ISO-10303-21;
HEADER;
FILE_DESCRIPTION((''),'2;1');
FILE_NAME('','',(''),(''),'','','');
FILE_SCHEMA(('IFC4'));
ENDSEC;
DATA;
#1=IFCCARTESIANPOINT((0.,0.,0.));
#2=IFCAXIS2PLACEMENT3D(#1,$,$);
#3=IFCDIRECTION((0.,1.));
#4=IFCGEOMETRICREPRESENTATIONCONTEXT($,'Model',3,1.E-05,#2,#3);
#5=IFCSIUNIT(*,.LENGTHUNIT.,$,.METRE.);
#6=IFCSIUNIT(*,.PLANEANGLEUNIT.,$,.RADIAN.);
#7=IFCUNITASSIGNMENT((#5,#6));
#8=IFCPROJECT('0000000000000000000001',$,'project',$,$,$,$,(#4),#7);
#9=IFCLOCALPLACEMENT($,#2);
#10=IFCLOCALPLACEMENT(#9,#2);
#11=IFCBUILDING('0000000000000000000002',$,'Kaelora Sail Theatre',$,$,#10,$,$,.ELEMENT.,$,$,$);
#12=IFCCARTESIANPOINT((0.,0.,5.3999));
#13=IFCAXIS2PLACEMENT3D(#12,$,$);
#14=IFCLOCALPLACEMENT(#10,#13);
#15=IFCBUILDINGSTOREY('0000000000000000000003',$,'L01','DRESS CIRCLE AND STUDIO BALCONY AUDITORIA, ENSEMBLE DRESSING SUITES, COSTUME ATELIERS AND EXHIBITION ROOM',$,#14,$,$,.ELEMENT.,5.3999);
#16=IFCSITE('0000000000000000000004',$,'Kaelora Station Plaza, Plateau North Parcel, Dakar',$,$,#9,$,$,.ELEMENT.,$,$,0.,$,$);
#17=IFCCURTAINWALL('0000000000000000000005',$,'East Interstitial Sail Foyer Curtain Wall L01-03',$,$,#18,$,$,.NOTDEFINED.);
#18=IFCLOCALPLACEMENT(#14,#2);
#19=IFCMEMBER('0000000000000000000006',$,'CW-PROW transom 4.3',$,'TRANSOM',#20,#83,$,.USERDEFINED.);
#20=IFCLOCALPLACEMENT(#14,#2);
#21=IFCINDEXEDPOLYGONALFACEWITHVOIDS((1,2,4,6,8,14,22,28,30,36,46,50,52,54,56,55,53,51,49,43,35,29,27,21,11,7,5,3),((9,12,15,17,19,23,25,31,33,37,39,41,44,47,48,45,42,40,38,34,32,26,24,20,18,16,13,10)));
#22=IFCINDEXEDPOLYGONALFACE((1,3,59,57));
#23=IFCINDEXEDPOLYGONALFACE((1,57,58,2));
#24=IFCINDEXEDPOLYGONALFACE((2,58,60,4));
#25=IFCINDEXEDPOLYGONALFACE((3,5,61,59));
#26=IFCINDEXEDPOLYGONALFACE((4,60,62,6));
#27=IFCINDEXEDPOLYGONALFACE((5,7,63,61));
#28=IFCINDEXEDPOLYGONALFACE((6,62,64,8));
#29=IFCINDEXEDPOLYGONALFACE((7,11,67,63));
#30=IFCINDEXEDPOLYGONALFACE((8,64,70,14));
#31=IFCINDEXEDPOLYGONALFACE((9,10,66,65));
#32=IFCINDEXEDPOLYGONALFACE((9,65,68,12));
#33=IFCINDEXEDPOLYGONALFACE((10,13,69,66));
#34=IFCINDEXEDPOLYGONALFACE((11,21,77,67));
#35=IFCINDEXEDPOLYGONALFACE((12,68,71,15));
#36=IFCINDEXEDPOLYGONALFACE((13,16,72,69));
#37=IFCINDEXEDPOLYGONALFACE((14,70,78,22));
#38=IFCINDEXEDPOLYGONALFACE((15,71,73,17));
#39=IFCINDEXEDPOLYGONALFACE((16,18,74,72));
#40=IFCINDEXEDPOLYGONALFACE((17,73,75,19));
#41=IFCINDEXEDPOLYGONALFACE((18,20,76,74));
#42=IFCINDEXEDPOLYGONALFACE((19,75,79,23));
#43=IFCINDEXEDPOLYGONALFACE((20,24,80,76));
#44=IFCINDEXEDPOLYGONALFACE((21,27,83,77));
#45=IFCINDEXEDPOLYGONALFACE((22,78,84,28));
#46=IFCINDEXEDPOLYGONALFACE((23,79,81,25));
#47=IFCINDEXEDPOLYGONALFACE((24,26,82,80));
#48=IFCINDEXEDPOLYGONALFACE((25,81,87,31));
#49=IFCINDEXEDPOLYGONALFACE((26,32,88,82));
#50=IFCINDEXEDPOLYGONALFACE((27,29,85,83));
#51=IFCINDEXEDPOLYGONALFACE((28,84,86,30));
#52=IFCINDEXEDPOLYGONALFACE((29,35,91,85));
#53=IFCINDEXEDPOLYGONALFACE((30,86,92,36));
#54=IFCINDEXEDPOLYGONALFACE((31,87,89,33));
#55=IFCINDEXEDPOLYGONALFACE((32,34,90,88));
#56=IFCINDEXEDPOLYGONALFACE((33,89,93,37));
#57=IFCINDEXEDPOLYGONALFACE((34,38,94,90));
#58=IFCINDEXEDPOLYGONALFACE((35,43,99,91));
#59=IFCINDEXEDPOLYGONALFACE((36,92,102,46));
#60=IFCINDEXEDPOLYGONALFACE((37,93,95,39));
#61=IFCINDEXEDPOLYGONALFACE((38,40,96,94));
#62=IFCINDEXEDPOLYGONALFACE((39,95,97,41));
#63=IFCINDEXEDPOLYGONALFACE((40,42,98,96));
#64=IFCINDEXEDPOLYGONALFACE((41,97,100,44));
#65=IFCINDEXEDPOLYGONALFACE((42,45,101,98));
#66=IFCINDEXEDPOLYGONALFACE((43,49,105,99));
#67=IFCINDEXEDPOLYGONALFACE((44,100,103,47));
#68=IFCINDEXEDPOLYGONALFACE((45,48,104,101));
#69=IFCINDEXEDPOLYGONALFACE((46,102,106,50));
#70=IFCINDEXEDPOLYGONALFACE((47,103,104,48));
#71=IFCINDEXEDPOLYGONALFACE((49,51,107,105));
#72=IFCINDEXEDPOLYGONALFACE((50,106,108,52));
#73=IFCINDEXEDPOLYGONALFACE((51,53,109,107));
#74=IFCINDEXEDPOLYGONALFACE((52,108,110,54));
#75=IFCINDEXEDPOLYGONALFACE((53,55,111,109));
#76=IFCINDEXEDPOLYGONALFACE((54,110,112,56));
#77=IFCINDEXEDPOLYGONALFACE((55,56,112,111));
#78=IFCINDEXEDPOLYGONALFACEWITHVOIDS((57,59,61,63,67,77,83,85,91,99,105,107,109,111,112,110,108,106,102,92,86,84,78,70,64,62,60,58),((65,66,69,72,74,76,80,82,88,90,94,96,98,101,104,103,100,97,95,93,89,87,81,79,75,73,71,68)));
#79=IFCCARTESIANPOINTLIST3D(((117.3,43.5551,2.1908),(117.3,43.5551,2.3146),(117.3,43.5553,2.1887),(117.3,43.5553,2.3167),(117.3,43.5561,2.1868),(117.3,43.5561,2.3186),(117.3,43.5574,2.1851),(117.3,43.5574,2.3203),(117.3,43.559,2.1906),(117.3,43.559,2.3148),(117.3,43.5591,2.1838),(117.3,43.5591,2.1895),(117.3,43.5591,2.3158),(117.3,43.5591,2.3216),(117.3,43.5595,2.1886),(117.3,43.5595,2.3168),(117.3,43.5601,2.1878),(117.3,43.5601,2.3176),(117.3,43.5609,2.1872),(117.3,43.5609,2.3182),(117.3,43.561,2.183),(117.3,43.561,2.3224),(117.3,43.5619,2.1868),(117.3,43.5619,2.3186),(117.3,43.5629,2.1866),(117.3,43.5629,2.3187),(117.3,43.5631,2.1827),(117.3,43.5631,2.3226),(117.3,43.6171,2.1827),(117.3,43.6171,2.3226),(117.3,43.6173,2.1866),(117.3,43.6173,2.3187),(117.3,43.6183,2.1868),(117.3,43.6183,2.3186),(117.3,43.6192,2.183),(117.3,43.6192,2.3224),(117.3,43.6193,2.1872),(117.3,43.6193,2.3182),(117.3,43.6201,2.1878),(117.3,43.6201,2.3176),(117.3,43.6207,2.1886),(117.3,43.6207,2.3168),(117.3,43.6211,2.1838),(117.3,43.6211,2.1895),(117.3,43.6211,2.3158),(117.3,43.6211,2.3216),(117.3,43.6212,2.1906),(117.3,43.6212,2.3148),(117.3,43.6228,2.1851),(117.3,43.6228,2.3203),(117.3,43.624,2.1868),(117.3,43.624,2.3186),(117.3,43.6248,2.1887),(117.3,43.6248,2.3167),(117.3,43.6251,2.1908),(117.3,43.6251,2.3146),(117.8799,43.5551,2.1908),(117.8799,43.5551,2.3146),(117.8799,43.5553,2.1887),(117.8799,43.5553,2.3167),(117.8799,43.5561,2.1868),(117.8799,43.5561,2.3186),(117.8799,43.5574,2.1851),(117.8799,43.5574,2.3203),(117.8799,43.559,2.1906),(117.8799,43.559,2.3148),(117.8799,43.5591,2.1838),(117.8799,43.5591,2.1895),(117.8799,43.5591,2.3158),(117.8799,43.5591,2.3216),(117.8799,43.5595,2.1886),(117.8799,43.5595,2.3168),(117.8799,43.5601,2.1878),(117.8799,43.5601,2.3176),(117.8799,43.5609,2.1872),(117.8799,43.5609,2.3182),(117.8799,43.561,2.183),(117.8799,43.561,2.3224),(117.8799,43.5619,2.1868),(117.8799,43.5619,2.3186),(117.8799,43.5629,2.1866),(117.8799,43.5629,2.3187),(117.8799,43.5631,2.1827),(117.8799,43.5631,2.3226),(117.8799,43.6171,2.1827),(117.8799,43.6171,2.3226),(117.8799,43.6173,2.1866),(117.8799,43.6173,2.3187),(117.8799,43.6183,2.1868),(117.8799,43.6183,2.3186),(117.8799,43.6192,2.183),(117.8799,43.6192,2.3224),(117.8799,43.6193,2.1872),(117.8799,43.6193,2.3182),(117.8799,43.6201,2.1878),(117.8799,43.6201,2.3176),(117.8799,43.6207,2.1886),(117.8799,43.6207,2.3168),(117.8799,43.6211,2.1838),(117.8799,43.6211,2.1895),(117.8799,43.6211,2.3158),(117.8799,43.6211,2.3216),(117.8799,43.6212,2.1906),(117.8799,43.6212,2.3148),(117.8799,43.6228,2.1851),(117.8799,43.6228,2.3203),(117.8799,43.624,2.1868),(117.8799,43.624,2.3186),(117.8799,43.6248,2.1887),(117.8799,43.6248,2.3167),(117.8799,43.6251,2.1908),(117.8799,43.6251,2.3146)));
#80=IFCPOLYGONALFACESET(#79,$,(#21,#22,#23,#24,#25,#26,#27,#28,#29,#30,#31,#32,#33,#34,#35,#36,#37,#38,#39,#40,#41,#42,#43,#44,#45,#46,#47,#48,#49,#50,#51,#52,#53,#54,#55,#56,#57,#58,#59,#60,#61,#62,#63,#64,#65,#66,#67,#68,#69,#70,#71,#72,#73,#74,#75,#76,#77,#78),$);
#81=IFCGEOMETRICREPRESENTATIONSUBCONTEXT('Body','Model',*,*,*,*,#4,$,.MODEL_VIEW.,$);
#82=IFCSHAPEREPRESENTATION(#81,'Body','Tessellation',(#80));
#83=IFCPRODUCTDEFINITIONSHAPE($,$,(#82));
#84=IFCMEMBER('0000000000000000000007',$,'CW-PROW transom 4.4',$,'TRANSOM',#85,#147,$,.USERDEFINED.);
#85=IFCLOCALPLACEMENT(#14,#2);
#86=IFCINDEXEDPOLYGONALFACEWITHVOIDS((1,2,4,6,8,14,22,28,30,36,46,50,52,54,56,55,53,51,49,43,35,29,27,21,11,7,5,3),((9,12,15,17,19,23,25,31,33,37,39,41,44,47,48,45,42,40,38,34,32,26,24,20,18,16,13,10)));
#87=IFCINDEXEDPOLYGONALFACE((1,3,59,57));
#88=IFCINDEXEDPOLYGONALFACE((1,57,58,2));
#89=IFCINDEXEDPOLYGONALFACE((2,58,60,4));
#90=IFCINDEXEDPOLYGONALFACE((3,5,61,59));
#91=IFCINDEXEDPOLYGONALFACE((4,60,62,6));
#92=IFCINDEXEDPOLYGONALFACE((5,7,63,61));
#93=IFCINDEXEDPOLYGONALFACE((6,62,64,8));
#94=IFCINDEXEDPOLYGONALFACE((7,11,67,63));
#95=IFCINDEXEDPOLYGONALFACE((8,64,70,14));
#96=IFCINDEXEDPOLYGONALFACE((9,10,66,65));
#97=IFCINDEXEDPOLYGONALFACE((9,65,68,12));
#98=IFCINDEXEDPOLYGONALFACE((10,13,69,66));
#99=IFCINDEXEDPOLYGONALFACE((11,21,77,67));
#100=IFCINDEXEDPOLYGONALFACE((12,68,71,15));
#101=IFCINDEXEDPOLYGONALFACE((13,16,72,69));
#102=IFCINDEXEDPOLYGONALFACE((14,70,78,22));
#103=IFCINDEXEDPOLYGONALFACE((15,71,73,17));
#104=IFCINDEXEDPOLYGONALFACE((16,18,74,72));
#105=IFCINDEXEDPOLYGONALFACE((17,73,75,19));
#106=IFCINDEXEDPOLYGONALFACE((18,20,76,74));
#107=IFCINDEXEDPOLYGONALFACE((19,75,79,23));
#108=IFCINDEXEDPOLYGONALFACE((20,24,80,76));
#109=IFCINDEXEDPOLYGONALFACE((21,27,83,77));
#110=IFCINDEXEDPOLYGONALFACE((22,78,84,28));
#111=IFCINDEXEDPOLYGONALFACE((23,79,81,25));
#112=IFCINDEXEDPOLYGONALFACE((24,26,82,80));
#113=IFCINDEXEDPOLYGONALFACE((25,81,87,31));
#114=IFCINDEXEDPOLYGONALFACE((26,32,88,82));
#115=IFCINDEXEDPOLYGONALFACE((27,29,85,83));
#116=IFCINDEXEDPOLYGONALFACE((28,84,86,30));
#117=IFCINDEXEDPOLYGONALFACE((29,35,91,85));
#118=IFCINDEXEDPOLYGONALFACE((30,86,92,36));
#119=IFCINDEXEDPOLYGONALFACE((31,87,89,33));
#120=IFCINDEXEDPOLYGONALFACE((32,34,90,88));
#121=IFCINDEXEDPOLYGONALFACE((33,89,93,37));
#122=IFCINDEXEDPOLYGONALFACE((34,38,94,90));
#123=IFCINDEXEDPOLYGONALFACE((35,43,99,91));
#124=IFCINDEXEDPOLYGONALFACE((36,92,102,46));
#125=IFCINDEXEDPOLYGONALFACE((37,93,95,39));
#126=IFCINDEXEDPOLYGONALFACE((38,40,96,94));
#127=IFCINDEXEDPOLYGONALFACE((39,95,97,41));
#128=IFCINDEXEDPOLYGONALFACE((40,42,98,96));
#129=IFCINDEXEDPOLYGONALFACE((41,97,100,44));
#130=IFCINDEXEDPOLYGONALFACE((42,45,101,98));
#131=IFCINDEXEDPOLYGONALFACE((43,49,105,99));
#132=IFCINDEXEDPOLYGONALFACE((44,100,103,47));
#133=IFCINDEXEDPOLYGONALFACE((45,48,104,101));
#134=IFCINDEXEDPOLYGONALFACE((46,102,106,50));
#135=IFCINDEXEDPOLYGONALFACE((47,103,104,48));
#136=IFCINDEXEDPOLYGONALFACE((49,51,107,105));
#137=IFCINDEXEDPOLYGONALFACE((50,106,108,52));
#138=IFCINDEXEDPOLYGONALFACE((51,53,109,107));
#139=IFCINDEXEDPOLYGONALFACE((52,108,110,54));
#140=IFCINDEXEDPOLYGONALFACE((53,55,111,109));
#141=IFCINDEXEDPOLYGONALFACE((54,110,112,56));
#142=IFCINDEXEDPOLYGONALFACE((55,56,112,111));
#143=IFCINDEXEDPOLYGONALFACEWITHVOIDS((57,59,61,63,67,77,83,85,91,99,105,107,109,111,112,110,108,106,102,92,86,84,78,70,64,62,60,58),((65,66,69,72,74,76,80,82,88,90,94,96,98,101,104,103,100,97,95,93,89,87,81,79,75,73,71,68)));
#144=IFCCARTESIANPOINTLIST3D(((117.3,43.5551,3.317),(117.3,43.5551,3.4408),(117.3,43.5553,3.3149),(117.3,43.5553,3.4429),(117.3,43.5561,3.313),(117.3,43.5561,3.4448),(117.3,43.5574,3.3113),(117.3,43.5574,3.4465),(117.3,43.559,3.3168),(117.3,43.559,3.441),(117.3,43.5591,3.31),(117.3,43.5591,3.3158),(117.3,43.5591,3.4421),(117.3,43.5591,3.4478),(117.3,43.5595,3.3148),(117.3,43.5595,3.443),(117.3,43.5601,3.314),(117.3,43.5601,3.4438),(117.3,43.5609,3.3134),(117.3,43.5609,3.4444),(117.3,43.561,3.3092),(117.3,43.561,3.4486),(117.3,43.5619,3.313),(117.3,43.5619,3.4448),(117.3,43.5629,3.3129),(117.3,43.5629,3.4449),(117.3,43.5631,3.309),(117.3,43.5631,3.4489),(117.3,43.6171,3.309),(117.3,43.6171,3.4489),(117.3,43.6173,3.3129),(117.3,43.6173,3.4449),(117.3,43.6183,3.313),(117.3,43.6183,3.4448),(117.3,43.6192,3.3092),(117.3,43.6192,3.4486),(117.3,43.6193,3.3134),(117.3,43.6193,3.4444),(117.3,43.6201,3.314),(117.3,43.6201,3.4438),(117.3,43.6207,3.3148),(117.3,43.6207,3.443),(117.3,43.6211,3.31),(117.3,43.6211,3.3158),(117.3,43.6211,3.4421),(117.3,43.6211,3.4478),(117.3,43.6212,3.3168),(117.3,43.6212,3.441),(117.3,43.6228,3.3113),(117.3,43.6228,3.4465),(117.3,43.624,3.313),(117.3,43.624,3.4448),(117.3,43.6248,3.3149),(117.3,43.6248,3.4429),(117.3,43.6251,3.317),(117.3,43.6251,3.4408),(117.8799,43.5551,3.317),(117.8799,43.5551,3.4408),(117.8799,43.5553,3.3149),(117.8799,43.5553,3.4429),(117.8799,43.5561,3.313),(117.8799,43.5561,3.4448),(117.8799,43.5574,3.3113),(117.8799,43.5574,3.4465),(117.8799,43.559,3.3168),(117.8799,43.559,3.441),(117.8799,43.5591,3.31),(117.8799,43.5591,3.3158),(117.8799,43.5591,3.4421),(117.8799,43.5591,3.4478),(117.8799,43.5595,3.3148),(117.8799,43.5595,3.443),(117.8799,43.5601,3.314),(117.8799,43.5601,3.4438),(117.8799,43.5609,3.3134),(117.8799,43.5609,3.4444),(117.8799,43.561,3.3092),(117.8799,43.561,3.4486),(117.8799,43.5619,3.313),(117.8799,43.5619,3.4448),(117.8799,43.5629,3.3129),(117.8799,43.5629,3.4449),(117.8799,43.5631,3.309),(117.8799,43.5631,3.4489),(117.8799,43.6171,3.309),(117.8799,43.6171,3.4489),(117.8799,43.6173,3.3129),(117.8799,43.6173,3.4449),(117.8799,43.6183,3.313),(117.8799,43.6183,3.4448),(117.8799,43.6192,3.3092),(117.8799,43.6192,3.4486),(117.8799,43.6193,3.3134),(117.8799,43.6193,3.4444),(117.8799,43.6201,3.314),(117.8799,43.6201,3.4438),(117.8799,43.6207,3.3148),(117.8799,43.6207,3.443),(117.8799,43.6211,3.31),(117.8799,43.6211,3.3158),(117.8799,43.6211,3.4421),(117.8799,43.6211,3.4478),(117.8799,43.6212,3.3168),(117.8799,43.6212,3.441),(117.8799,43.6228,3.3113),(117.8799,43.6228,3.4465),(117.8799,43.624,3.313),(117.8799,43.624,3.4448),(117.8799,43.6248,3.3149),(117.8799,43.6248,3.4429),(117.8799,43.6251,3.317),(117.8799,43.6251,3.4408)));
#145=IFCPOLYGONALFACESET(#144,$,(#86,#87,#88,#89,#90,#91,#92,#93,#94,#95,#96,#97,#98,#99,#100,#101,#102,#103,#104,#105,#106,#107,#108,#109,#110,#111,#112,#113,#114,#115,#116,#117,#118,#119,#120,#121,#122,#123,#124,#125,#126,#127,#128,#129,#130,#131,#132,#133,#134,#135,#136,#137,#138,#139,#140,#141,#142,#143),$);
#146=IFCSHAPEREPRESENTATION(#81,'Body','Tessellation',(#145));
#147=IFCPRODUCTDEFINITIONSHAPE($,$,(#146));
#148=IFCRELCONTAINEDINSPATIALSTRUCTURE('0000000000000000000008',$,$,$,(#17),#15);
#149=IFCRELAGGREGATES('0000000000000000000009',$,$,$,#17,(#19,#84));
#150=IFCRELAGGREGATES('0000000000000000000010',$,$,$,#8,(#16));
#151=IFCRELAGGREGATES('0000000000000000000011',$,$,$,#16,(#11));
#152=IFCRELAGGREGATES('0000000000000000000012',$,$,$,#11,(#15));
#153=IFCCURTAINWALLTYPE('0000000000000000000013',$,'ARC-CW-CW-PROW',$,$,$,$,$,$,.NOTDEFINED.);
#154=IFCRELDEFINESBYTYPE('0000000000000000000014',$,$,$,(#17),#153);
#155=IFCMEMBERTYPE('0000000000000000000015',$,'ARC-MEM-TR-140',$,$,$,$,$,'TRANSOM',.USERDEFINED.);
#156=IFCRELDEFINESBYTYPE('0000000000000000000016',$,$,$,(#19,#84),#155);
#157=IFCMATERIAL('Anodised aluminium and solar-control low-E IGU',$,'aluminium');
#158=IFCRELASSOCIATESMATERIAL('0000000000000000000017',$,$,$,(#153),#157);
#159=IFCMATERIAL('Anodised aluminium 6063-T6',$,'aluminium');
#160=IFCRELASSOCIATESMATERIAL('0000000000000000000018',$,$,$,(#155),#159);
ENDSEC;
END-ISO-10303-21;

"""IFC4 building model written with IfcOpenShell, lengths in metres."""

from ifc_helpers import new_model, si_unit, direction, frame, origin, origin_2d, place, context, subcontext, project, spatial, hollow_rectangle, extrude, material, material_profile, profile_set, type_object, element, aggregate, save


model = new_model("IFC4")

# Units and contexts
model_context = context("Model", 3, precision=1e-05, world=origin(), true_north=direction((0.0, 1.0)))
body_context = subcontext(model_context, "Body", "Model", "MODEL_VIEW")
ifc_project = project(units=[si_unit("LENGTHUNIT", "METRE"), si_unit("PLANEANGLEUNIT", "RADIAN")], contexts=[model_context])

# Site, building, storey
site_placement = place(None, origin())
site = spatial("IfcSite", under=ifc_project, at=site_placement, Name="Kaelora Station Plaza, Plateau North Parcel, Dakar", CompositionType="ELEMENT", RefElevation=0.0)
building_placement = place(site_placement, origin())
building = spatial("IfcBuilding", under=site, at=building_placement, Name="Kaelora Sail Theatre", CompositionType="ELEMENT")
storey_placement = place(building_placement, frame((0.0, 0.0, 5.3999)))
storey = spatial("IfcBuildingStorey", under=building, at=storey_placement, Name="L01", Description="DRESS CIRCLE AND STUDIO BALCONY AUDITORIA, ENSEMBLE DRESSING SUITES, COSTUME ATELIERS AND EXHIBITION ROOM", CompositionType="ELEMENT", Elevation=5.3999)

# Curtain wall, members
ifc_material_1 = material(Name="Anodised aluminium and solar-control low-E IGU", Category="aluminium")
curtain_wall_type = type_object("IfcCurtainWallType", Name="ARC-CW-CW-PROW", PredefinedType="NOTDEFINED", material=ifc_material_1)
curtain_wall_placement = place(storey_placement, origin())
curtain_wall = element("IfcCurtainWall", 1, at=curtain_wall_placement, inside=storey, type_object=curtain_wall_type, Name="East Interstitial Sail Foyer Curtain Wall L01-03", PredefinedType="NOTDEFINED")
ifc_material_2 = material(Name="Anodised aluminium 6063-T6", Category="aluminium")
ifc_material_profile_1 = material_profile(ifc_material_2, hollow_rectangle(XDim=0.0701, YDim=0.1399, WallThickness=0.0039, InnerFilletRadius=0.0039, OuterFilletRadius=0.0081, at=origin_2d()), Name="ALU-TRAN 70x140x4")
ifc_profile_set_1 = profile_set([ifc_material_profile_1], Name="Anodised aluminium 6063-T6")
member_type_1 = type_object("IfcMemberType", Name="ARC-MEM-TR-140", ElementType="TRANSOM", PredefinedType="USERDEFINED", material=ifc_profile_set_1)
member_1_placement = place(storey_placement, frame((117.3, 43.5901, 2.2527), z_axis=(1.0, 0.0, 0.0), x_axis=(0.0, 1.0, 0.0)))
member_1 = element("IfcMember", 2, at=member_1_placement, type_object=member_type_1, Name="CW-PROW transom 4.3", ObjectType="TRANSOM", PredefinedType="USERDEFINED", context=body_context, shape_type="SweptSolid", body=[
    extrude(hollow_rectangle(XDim=0.0701, YDim=0.1399, WallThickness=0.0039, InnerFilletRadius=0.0039, OuterFilletRadius=0.0081, at=origin_2d()), origin(), (0.0, 0.0, 1.0), 0.5798),
])
member_2_placement = place(storey_placement, frame((117.3, 43.5901, 3.3789), z_axis=(1.0, 0.0, 0.0), x_axis=(0.0, 1.0, 0.0)))
member_2 = element("IfcMember", 3, at=member_2_placement, type_object=member_type_1, Name="CW-PROW transom 4.4", ObjectType="TRANSOM", PredefinedType="USERDEFINED", context=body_context, shape_type="SweptSolid", body=[
    extrude(hollow_rectangle(XDim=0.0701, YDim=0.1399, WallThickness=0.0039, InnerFilletRadius=0.0039, OuterFilletRadius=0.0081, at=origin_2d()), origin(), (0.0, 0.0, 1.0), 0.5798),
])
aggregate(curtain_wall, [member_1, member_2])

save(model, "model.ifc")
